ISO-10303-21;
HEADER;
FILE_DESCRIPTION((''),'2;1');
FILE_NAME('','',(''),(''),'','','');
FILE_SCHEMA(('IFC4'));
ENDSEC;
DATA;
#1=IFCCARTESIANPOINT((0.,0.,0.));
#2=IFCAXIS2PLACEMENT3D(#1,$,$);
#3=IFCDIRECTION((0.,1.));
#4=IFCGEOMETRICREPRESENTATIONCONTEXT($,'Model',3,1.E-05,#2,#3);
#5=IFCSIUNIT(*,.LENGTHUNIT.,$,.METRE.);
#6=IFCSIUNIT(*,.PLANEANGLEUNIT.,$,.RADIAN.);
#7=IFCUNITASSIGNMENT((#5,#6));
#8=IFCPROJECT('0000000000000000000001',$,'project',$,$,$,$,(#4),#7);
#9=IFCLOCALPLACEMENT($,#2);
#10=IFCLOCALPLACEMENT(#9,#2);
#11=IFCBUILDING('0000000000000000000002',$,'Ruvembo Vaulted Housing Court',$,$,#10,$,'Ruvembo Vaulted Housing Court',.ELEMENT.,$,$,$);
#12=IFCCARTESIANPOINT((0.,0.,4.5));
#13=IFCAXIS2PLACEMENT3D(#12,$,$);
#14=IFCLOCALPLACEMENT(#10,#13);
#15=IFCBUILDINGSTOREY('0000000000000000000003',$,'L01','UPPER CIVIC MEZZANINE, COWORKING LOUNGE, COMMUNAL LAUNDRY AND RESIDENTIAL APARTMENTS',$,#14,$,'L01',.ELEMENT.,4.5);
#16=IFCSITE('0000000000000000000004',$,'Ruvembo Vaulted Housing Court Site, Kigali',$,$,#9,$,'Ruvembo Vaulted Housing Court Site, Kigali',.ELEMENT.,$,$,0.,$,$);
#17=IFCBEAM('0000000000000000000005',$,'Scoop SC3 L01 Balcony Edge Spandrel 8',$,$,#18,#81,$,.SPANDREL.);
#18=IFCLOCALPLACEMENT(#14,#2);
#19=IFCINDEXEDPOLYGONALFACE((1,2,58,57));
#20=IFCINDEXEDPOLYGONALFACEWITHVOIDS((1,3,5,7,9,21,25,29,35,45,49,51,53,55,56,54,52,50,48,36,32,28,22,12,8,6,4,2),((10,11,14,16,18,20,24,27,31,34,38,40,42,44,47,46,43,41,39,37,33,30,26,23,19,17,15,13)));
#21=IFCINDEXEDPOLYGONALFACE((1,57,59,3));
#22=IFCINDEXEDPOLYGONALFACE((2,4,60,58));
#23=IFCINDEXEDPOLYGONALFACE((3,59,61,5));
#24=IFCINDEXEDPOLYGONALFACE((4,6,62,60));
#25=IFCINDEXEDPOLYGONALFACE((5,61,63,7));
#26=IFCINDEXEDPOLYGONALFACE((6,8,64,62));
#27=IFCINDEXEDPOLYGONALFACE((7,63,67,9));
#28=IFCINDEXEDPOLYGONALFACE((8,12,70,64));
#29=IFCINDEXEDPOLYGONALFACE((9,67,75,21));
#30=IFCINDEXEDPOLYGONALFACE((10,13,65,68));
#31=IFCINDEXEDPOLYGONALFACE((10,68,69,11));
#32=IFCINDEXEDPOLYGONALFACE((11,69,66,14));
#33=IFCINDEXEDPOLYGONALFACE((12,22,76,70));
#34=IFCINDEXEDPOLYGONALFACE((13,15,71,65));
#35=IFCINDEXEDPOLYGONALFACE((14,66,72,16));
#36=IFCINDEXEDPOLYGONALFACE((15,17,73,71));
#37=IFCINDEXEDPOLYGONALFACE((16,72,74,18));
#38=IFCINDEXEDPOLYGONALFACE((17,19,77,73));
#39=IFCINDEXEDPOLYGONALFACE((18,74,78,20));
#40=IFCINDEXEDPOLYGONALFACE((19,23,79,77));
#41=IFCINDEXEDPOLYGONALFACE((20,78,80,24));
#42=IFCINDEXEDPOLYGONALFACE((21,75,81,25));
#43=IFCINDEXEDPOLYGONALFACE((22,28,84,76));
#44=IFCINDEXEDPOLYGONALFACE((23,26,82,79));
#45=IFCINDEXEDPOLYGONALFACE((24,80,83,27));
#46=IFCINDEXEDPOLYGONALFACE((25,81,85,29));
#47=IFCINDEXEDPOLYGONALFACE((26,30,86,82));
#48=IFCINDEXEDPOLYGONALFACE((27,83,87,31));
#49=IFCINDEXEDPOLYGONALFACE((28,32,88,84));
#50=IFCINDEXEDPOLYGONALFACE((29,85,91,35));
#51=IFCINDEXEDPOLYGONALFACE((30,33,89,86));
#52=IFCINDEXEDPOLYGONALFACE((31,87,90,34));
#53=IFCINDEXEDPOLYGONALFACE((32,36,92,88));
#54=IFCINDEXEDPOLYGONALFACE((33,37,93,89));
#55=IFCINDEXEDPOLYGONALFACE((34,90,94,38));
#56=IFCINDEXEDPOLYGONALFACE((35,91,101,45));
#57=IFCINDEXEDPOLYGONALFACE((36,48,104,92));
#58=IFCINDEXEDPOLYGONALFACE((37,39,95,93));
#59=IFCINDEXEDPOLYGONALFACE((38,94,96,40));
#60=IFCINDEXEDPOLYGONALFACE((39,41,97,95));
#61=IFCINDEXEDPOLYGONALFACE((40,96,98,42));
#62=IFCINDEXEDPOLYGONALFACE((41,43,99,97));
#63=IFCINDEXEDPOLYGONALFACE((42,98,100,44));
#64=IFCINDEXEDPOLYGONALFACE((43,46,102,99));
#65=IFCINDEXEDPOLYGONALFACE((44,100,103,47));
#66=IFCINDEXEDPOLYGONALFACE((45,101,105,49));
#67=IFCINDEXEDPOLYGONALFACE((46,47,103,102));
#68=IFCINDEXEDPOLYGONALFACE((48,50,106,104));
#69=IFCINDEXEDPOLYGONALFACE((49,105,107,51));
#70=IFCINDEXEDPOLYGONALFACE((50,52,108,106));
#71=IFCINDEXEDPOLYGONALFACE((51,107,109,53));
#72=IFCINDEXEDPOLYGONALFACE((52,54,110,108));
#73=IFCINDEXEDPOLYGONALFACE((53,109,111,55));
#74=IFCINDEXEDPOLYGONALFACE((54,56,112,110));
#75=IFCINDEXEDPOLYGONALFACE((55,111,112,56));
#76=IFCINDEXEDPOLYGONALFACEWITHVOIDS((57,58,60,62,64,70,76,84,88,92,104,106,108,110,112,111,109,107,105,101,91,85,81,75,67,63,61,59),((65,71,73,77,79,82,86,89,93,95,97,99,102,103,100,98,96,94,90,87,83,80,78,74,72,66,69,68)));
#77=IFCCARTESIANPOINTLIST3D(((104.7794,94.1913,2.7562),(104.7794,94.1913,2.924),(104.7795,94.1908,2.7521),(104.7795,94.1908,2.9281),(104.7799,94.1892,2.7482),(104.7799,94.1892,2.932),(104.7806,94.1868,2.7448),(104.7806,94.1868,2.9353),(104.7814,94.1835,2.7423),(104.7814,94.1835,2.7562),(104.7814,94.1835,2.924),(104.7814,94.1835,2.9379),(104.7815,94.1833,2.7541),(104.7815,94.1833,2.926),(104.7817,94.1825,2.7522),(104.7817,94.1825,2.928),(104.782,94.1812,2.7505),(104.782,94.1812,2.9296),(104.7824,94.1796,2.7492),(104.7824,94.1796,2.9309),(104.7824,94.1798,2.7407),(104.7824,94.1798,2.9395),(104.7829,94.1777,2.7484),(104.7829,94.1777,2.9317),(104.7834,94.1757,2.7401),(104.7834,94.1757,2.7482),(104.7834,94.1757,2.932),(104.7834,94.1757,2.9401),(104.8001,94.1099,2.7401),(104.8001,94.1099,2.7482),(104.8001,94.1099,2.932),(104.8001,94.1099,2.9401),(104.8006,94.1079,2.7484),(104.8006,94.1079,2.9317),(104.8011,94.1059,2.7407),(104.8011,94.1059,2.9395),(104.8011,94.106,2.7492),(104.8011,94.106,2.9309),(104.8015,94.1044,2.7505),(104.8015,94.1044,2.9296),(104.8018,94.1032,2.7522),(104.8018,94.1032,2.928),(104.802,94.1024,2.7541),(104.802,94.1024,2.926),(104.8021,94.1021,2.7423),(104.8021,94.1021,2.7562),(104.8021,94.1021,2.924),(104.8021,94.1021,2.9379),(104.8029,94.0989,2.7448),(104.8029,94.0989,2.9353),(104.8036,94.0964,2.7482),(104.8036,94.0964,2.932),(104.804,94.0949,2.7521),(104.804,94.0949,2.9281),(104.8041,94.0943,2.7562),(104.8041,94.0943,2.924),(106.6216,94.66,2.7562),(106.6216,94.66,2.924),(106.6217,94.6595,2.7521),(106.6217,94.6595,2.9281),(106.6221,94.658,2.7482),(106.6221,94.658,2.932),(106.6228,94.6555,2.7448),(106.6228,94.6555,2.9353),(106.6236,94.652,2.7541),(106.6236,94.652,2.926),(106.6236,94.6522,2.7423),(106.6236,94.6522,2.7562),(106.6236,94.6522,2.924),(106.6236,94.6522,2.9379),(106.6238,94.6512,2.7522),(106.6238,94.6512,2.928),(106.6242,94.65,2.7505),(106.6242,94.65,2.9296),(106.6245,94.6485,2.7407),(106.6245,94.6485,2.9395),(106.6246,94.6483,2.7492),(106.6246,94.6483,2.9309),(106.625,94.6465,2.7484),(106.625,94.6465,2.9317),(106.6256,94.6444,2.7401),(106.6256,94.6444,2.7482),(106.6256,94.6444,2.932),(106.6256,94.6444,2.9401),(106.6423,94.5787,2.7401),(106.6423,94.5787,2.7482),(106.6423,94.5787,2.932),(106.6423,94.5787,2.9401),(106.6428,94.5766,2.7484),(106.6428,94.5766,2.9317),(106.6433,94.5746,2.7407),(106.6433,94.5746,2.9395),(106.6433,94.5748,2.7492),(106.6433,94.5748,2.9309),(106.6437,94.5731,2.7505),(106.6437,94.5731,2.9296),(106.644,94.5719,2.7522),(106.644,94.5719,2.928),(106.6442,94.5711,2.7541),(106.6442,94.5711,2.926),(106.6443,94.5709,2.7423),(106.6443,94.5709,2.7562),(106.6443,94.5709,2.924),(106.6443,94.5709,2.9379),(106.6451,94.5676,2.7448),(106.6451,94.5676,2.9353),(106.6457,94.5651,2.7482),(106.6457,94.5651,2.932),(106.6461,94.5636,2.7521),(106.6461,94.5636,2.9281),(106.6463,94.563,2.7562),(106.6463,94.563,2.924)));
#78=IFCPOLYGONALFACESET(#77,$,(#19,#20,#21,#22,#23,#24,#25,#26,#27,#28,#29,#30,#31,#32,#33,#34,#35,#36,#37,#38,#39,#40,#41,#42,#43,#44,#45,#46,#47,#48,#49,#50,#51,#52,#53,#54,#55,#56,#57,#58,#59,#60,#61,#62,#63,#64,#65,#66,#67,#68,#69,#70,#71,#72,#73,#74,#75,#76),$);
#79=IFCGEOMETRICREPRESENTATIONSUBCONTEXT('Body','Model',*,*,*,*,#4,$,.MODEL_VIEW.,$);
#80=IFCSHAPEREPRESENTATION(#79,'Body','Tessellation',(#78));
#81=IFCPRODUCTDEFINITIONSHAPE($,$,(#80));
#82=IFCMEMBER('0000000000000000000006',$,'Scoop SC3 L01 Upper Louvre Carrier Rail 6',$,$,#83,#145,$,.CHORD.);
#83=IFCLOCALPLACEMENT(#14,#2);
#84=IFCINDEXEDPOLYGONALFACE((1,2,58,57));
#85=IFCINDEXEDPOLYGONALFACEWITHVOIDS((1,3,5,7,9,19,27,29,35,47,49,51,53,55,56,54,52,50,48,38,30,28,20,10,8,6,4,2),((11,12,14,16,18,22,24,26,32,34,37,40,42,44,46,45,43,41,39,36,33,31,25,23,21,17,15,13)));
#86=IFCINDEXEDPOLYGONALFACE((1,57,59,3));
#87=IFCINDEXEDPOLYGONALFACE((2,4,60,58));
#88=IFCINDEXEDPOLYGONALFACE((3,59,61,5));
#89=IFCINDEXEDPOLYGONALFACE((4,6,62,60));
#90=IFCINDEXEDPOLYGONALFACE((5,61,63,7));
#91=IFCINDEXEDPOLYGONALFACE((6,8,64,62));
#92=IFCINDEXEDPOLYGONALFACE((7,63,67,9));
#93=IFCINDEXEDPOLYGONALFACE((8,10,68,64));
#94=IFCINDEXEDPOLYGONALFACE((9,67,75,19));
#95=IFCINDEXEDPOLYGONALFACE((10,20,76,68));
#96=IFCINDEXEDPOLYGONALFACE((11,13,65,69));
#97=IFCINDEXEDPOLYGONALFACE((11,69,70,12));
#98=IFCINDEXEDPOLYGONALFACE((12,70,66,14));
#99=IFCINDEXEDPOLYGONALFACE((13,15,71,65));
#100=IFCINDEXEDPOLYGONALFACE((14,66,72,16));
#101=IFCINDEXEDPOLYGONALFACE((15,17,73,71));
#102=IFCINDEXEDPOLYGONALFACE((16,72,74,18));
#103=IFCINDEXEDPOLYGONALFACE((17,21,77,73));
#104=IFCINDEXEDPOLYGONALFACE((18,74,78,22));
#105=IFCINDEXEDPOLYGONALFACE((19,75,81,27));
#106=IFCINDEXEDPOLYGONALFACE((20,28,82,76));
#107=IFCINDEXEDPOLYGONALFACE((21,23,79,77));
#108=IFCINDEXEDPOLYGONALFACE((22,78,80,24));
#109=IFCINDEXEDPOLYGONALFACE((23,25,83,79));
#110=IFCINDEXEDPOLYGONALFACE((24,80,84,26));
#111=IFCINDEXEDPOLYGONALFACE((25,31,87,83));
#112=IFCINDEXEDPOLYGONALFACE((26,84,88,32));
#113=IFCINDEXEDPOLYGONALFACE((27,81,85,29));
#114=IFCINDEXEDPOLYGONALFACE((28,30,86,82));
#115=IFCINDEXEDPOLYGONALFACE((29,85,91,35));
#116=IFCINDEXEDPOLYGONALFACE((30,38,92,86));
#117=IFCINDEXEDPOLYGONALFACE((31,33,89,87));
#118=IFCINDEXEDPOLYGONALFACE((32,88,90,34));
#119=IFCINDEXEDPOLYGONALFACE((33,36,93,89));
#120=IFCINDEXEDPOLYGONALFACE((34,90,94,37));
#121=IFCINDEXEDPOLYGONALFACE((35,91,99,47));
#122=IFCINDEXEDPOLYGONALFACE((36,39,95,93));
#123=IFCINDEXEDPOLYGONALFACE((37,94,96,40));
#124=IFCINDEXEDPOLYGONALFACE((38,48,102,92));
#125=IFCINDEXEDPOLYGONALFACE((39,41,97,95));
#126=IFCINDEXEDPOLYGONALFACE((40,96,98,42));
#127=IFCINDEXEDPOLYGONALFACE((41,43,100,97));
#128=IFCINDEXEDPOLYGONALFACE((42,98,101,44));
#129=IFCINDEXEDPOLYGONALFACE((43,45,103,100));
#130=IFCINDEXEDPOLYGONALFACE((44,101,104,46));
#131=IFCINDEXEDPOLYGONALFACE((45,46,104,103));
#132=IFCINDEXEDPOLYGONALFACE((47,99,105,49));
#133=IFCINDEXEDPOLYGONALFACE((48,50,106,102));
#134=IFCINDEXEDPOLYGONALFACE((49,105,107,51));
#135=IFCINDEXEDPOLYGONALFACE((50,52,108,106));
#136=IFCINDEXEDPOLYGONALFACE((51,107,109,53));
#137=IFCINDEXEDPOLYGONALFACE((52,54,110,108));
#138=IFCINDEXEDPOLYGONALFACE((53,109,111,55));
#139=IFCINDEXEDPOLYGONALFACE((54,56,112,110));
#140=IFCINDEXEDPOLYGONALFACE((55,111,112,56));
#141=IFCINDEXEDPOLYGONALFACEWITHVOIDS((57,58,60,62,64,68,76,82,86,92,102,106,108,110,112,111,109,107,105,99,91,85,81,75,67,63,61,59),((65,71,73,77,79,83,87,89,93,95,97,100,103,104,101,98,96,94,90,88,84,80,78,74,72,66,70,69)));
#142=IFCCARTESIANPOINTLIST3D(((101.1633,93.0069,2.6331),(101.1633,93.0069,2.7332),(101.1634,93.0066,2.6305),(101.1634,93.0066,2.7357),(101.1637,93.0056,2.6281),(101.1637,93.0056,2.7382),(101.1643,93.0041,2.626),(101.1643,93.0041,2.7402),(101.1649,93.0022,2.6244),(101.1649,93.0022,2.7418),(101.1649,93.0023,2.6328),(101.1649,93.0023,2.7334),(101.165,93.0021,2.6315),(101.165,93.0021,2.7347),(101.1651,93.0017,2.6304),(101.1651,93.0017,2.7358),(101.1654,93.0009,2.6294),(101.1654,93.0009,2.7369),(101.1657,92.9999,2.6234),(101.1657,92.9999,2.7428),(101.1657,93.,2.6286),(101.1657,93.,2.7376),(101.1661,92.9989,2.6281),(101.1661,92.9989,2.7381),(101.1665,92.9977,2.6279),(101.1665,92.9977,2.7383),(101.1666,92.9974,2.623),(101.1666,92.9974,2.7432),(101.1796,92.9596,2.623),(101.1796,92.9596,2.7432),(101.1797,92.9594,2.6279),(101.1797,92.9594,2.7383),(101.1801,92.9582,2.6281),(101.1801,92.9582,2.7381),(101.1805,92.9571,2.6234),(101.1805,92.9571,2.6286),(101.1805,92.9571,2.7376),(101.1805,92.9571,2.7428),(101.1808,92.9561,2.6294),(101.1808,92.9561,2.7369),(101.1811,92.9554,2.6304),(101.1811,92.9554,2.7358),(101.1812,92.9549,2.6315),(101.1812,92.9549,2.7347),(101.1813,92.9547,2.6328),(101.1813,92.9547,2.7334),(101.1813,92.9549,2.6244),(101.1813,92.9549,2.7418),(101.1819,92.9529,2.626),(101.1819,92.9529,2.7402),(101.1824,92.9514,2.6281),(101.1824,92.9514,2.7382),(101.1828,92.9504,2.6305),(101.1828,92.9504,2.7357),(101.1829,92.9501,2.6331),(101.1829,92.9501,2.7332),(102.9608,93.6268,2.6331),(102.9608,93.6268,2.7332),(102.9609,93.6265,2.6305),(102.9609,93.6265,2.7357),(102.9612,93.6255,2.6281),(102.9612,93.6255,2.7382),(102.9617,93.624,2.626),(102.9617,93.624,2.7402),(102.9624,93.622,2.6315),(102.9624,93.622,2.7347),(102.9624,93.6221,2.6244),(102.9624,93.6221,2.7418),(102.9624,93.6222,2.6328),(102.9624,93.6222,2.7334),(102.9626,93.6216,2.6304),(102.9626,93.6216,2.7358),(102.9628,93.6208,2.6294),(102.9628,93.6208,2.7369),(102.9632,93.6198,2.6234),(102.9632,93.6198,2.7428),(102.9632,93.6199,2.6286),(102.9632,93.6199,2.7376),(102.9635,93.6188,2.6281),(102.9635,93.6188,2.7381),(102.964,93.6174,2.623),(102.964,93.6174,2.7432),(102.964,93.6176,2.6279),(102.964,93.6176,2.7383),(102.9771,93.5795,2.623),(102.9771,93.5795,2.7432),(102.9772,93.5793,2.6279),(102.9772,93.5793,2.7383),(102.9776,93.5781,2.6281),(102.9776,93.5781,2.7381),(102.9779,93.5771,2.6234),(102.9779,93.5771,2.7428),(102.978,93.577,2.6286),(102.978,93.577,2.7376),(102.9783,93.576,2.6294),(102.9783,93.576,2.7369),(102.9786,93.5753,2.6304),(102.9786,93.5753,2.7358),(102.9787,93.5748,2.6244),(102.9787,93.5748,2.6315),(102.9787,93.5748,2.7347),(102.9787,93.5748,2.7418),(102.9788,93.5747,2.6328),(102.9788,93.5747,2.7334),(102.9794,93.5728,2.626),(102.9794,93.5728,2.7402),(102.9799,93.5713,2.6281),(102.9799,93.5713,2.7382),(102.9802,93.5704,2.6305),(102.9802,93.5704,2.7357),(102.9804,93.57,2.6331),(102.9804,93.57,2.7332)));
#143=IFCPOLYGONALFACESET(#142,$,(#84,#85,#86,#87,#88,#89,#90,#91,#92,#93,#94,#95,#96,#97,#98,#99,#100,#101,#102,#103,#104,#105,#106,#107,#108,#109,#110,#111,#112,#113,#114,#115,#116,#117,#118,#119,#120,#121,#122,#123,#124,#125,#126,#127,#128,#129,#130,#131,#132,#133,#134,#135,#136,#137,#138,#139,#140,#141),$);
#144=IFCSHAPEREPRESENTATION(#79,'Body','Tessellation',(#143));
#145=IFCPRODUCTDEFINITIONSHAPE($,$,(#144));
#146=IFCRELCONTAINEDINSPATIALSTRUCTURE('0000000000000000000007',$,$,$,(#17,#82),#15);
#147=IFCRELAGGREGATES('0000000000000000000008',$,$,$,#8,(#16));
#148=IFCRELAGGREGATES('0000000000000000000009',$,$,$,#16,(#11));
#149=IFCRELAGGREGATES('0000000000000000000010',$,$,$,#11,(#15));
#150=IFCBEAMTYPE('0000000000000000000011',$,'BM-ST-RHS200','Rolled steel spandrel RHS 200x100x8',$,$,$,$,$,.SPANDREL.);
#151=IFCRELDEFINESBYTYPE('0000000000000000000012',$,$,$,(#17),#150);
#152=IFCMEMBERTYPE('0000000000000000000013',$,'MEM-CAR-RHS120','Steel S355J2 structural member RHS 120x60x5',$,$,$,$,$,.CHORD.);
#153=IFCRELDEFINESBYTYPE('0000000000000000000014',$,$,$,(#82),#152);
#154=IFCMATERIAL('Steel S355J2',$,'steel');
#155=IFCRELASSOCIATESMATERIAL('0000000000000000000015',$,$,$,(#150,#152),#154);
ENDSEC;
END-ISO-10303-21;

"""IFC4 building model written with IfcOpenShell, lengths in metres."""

from ifc_helpers import new_model, si_unit, direction, frame, origin, origin_2d, place, context, subcontext, project, spatial, hollow_rectangle, extrude, material, material_profile, profile_set, type_object, element, save


model = new_model("IFC4")

# Units and contexts
model_context = context("Model", 3, precision=1e-05, world=origin(), true_north=direction((0.0, 1.0)))
body_context = subcontext(model_context, "Body", "Model", "MODEL_VIEW")
ifc_project = project(units=[si_unit("LENGTHUNIT", "METRE"), si_unit("PLANEANGLEUNIT", "RADIAN")], contexts=[model_context])

# Site, building, storey
site_placement = place(None, origin())
site = spatial("IfcSite", under=ifc_project, at=site_placement, Name="Ruvembo Vaulted Housing Court Site, Kigali", LongName="Ruvembo Vaulted Housing Court Site, Kigali", CompositionType="ELEMENT", RefElevation=0.0)
building_placement = place(site_placement, origin())
building = spatial("IfcBuilding", under=site, at=building_placement, Name="Ruvembo Vaulted Housing Court", LongName="Ruvembo Vaulted Housing Court", CompositionType="ELEMENT")
storey_placement = place(building_placement, frame((0.0, 0.0, 4.5)))
storey = spatial("IfcBuildingStorey", under=building, at=storey_placement, Name="L01", Description="UPPER CIVIC MEZZANINE, COWORKING LOUNGE, COMMUNAL LAUNDRY AND RESIDENTIAL APARTMENTS", LongName="L01", CompositionType="ELEMENT", Elevation=4.5)

# Beam
ifc_material_1 = material(Name="Steel S355J2", Category="steel")
ifc_material_profile_1 = material_profile(ifc_material_1, hollow_rectangle(XDim=0.1001, YDim=0.2, WallThickness=0.0081, InnerFilletRadius=0.0081, OuterFilletRadius=0.0161, at=origin_2d()), Name="RHS 200x100x8")
ifc_profile_set_1 = profile_set([ifc_material_profile_1], Name="Steel S355J2")
beam_type = type_object("IfcBeamType", Name="BM-ST-RHS200", Description="Rolled steel spandrel RHS 200x100x8", PredefinedType="SPANDREL", material=ifc_profile_set_1)
for number, where, z_axis, x_axis, name in (
    (1, (104.7917, 94.1428, 2.8401), (0.969122, 0.246583, 0.0), (-0.246583, 0.969122, 0.0), "Scoop SC3 L01 Balcony Edge Spandrel 8"),
):
    element("IfcBeam", number, at=place(storey_placement, frame(where, z_axis=z_axis, x_axis=x_axis)), inside=storey, type_object=beam_type, Name=name, PredefinedType="SPANDREL", context=body_context, shape_type="SweptSolid", body=[
        extrude(hollow_rectangle(XDim=0.1001, YDim=0.2, WallThickness=0.0081, InnerFilletRadius=0.0081, OuterFilletRadius=0.0161, at=origin_2d()), origin(), (0.0, 0.0, 1.0), 1.9009),
    ])

# Member
ifc_material_profile_2 = material_profile(ifc_material_1, hollow_rectangle(XDim=0.0601, YDim=0.1201, WallThickness=0.0049, InnerFilletRadius=0.0049, OuterFilletRadius=0.01, at=origin_2d()), Name="RHS 120x60x5")
ifc_profile_set_2 = profile_set([ifc_material_profile_2], Name="Steel S355J2")
member_type_1 = type_object("IfcMemberType", Name="MEM-CAR-RHS120", Description="Steel S355J2 structural member RHS 120x60x5", PredefinedType="CHORD", material=ifc_profile_set_2)
member_1_placement = place(storey_placement, frame((101.1731, 92.9785, 2.6831), z_axis=(0.945358, 0.326034, 0.0), x_axis=(-0.326034, 0.945358, 0.0)))
element("IfcMember", 2, at=member_1_placement, inside=storey, type_object=member_type_1, Name="Scoop SC3 L01 Upper Louvre Carrier Rail 6", PredefinedType="CHORD", context=body_context, shape_type="SweptSolid", body=[
    extrude(hollow_rectangle(XDim=0.0601, YDim=0.1201, WallThickness=0.0049, InnerFilletRadius=0.0049, OuterFilletRadius=0.01, at=origin_2d()), origin(), (0.0, 0.0, 1.0), 1.9014),
])

save(model, "model.ifc")
